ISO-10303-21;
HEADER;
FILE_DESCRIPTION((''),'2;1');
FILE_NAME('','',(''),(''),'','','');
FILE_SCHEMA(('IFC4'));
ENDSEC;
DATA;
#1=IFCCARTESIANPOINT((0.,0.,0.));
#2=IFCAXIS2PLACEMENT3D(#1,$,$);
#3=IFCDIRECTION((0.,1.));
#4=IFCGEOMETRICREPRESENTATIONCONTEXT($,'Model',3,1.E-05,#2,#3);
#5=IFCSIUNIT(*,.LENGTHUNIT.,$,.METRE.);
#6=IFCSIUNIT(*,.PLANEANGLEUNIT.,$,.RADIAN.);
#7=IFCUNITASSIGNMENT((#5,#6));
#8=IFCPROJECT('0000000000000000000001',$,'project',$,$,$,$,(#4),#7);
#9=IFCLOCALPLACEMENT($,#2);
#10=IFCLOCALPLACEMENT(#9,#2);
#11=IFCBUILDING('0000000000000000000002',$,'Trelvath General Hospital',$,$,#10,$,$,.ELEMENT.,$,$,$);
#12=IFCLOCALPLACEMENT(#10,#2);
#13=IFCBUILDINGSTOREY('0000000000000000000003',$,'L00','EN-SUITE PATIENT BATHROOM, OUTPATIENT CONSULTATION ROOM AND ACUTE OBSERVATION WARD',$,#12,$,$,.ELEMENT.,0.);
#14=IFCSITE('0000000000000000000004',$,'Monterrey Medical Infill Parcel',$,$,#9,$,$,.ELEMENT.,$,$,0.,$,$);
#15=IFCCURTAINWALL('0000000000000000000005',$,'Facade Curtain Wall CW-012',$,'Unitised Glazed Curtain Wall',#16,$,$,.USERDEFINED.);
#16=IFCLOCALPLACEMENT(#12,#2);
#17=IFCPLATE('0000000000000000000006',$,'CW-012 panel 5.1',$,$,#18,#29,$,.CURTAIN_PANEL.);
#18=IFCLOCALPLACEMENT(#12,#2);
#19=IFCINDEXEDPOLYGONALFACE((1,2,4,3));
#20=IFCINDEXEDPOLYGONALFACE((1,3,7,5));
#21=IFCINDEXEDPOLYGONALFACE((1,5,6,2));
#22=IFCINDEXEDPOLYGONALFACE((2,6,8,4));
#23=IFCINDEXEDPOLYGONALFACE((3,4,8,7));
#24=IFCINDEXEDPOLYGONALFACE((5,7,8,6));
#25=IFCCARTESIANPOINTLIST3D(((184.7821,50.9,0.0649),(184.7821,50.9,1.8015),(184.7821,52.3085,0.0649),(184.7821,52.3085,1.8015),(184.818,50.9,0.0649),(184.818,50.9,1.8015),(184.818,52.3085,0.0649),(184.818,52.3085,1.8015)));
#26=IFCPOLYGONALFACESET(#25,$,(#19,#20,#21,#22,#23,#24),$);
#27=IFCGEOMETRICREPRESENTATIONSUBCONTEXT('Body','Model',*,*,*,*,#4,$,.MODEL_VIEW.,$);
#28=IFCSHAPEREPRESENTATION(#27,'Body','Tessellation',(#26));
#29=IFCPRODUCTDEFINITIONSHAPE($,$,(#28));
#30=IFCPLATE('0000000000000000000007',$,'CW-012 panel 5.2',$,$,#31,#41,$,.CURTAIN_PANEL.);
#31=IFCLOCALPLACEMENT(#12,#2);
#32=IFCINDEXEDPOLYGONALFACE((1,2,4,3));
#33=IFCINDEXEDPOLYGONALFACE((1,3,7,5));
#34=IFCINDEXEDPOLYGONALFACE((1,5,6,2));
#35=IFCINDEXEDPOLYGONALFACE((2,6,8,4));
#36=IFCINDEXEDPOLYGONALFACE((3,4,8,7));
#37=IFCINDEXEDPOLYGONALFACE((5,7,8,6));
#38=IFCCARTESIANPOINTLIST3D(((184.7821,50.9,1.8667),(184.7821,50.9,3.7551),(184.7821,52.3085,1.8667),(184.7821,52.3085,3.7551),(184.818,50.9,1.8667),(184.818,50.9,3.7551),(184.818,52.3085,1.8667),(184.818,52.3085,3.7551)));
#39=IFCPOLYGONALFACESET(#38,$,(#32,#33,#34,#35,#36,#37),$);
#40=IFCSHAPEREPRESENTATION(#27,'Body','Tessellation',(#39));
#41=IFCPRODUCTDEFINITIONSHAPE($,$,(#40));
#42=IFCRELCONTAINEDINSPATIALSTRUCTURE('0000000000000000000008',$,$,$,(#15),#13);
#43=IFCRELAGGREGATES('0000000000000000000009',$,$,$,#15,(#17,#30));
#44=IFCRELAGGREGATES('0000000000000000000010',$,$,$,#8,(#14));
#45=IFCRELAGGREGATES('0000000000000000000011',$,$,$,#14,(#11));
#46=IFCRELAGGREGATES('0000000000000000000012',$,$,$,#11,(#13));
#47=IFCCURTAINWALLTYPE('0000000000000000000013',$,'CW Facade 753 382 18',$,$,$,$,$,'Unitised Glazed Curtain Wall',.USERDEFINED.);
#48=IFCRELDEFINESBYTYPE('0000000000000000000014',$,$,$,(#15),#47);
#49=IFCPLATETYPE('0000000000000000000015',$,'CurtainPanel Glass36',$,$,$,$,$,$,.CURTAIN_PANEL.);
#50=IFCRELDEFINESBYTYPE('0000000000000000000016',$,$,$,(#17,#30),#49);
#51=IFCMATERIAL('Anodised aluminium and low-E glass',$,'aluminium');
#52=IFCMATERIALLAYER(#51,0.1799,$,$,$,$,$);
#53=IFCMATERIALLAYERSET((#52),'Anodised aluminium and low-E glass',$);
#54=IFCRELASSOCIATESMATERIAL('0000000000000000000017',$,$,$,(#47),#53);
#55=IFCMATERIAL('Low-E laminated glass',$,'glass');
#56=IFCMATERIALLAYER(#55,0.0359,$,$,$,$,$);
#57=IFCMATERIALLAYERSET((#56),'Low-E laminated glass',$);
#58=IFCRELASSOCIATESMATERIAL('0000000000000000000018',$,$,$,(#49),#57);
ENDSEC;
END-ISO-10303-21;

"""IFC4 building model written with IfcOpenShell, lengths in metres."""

from ifc_helpers import new_model, si_unit, direction, frame, origin, origin_2d, place, context, subcontext, project, spatial, rectangle, extrude, material, layer, layer_set, type_object, element, aggregate, save


model = new_model("IFC4")

# Units and contexts
model_context = context("Model", 3, precision=1e-05, world=origin(), true_north=direction((0.0, 1.0)))
body_context = subcontext(model_context, "Body", "Model", "MODEL_VIEW")
ifc_project = project(units=[si_unit("LENGTHUNIT", "METRE"), si_unit("PLANEANGLEUNIT", "RADIAN")], contexts=[model_context])

# Site, building, storey
site_placement = place(None, origin())
site = spatial("IfcSite", under=ifc_project, at=site_placement, Name="Monterrey Medical Infill Parcel", CompositionType="ELEMENT", RefElevation=0.0)
building_placement = place(site_placement, origin())
building = spatial("IfcBuilding", under=site, at=building_placement, Name="Trelvath General Hospital", CompositionType="ELEMENT")
storey_placement = place(building_placement, origin())
storey = spatial("IfcBuildingStorey", under=building, at=storey_placement, Name="L00", Description="EN-SUITE PATIENT BATHROOM, OUTPATIENT CONSULTATION ROOM AND ACUTE OBSERVATION WARD", CompositionType="ELEMENT", Elevation=0.0)

# Shared definitions
ifc_material_1 = material(Name="Anodised aluminium and low-E glass", Category="aluminium")
ifc_layer_1 = layer(ifc_material_1, 0.1799)
ifc_layer_set_1 = layer_set([ifc_layer_1], Name="Anodised aluminium and low-E glass")
curtain_wall_type = type_object("IfcCurtainWallType", Name="CW Facade 753 382 18", ElementType="Unitised Glazed Curtain Wall", PredefinedType="USERDEFINED", material=ifc_layer_set_1)

# Curtain wall
curtain_wall_1_placement = place(storey_placement, origin())
curtain_wall_1 = element("IfcCurtainWall", 1, at=curtain_wall_1_placement, inside=storey, type_object=curtain_wall_type, Name="Facade Curtain Wall CW-012", ObjectType="Unitised Glazed Curtain Wall", PredefinedType="USERDEFINED")

# Plates
ifc_material_2 = material(Name="Low-E laminated glass", Category="glass")
ifc_layer_2 = layer(ifc_material_2, 0.0359)
ifc_layer_set_2 = layer_set([ifc_layer_2], Name="Low-E laminated glass")
plate_type = type_object("IfcPlateType", Name="CurtainPanel Glass36", PredefinedType="CURTAIN_PANEL", material=ifc_layer_set_2)
plate_1_placement = place(storey_placement, frame((184.8, 51.6042, 0.0649), z_axis=(0.0, 0.0, 1.0), x_axis=(0.0, -1.0, 0.0)))
plate_1 = element("IfcPlate", 2, at=plate_1_placement, type_object=plate_type, Name="CW-012 panel 5.1", PredefinedType="CURTAIN_PANEL", context=body_context, shape_type="SweptSolid", body=[
    extrude(rectangle(XDim=1.4084, YDim=0.0359, at=origin_2d()), origin(), (0.0, 0.0, 1.0), 1.7366),
])
plate_2_placement = place(storey_placement, frame((184.8, 51.6042, 1.8667), z_axis=(0.0, 0.0, 1.0), x_axis=(0.0, -1.0, 0.0)))
plate_2 = element("IfcPlate", 3, at=plate_2_placement, type_object=plate_type, Name="CW-012 panel 5.2", PredefinedType="CURTAIN_PANEL", context=body_context, shape_type="SweptSolid", body=[
    extrude(rectangle(XDim=1.4084, YDim=0.0359, at=origin_2d()), origin(), (0.0, 0.0, 1.0), 1.8884),
])
aggregate(curtain_wall_1, [plate_1, plate_2])

save(model, "model.ifc")
